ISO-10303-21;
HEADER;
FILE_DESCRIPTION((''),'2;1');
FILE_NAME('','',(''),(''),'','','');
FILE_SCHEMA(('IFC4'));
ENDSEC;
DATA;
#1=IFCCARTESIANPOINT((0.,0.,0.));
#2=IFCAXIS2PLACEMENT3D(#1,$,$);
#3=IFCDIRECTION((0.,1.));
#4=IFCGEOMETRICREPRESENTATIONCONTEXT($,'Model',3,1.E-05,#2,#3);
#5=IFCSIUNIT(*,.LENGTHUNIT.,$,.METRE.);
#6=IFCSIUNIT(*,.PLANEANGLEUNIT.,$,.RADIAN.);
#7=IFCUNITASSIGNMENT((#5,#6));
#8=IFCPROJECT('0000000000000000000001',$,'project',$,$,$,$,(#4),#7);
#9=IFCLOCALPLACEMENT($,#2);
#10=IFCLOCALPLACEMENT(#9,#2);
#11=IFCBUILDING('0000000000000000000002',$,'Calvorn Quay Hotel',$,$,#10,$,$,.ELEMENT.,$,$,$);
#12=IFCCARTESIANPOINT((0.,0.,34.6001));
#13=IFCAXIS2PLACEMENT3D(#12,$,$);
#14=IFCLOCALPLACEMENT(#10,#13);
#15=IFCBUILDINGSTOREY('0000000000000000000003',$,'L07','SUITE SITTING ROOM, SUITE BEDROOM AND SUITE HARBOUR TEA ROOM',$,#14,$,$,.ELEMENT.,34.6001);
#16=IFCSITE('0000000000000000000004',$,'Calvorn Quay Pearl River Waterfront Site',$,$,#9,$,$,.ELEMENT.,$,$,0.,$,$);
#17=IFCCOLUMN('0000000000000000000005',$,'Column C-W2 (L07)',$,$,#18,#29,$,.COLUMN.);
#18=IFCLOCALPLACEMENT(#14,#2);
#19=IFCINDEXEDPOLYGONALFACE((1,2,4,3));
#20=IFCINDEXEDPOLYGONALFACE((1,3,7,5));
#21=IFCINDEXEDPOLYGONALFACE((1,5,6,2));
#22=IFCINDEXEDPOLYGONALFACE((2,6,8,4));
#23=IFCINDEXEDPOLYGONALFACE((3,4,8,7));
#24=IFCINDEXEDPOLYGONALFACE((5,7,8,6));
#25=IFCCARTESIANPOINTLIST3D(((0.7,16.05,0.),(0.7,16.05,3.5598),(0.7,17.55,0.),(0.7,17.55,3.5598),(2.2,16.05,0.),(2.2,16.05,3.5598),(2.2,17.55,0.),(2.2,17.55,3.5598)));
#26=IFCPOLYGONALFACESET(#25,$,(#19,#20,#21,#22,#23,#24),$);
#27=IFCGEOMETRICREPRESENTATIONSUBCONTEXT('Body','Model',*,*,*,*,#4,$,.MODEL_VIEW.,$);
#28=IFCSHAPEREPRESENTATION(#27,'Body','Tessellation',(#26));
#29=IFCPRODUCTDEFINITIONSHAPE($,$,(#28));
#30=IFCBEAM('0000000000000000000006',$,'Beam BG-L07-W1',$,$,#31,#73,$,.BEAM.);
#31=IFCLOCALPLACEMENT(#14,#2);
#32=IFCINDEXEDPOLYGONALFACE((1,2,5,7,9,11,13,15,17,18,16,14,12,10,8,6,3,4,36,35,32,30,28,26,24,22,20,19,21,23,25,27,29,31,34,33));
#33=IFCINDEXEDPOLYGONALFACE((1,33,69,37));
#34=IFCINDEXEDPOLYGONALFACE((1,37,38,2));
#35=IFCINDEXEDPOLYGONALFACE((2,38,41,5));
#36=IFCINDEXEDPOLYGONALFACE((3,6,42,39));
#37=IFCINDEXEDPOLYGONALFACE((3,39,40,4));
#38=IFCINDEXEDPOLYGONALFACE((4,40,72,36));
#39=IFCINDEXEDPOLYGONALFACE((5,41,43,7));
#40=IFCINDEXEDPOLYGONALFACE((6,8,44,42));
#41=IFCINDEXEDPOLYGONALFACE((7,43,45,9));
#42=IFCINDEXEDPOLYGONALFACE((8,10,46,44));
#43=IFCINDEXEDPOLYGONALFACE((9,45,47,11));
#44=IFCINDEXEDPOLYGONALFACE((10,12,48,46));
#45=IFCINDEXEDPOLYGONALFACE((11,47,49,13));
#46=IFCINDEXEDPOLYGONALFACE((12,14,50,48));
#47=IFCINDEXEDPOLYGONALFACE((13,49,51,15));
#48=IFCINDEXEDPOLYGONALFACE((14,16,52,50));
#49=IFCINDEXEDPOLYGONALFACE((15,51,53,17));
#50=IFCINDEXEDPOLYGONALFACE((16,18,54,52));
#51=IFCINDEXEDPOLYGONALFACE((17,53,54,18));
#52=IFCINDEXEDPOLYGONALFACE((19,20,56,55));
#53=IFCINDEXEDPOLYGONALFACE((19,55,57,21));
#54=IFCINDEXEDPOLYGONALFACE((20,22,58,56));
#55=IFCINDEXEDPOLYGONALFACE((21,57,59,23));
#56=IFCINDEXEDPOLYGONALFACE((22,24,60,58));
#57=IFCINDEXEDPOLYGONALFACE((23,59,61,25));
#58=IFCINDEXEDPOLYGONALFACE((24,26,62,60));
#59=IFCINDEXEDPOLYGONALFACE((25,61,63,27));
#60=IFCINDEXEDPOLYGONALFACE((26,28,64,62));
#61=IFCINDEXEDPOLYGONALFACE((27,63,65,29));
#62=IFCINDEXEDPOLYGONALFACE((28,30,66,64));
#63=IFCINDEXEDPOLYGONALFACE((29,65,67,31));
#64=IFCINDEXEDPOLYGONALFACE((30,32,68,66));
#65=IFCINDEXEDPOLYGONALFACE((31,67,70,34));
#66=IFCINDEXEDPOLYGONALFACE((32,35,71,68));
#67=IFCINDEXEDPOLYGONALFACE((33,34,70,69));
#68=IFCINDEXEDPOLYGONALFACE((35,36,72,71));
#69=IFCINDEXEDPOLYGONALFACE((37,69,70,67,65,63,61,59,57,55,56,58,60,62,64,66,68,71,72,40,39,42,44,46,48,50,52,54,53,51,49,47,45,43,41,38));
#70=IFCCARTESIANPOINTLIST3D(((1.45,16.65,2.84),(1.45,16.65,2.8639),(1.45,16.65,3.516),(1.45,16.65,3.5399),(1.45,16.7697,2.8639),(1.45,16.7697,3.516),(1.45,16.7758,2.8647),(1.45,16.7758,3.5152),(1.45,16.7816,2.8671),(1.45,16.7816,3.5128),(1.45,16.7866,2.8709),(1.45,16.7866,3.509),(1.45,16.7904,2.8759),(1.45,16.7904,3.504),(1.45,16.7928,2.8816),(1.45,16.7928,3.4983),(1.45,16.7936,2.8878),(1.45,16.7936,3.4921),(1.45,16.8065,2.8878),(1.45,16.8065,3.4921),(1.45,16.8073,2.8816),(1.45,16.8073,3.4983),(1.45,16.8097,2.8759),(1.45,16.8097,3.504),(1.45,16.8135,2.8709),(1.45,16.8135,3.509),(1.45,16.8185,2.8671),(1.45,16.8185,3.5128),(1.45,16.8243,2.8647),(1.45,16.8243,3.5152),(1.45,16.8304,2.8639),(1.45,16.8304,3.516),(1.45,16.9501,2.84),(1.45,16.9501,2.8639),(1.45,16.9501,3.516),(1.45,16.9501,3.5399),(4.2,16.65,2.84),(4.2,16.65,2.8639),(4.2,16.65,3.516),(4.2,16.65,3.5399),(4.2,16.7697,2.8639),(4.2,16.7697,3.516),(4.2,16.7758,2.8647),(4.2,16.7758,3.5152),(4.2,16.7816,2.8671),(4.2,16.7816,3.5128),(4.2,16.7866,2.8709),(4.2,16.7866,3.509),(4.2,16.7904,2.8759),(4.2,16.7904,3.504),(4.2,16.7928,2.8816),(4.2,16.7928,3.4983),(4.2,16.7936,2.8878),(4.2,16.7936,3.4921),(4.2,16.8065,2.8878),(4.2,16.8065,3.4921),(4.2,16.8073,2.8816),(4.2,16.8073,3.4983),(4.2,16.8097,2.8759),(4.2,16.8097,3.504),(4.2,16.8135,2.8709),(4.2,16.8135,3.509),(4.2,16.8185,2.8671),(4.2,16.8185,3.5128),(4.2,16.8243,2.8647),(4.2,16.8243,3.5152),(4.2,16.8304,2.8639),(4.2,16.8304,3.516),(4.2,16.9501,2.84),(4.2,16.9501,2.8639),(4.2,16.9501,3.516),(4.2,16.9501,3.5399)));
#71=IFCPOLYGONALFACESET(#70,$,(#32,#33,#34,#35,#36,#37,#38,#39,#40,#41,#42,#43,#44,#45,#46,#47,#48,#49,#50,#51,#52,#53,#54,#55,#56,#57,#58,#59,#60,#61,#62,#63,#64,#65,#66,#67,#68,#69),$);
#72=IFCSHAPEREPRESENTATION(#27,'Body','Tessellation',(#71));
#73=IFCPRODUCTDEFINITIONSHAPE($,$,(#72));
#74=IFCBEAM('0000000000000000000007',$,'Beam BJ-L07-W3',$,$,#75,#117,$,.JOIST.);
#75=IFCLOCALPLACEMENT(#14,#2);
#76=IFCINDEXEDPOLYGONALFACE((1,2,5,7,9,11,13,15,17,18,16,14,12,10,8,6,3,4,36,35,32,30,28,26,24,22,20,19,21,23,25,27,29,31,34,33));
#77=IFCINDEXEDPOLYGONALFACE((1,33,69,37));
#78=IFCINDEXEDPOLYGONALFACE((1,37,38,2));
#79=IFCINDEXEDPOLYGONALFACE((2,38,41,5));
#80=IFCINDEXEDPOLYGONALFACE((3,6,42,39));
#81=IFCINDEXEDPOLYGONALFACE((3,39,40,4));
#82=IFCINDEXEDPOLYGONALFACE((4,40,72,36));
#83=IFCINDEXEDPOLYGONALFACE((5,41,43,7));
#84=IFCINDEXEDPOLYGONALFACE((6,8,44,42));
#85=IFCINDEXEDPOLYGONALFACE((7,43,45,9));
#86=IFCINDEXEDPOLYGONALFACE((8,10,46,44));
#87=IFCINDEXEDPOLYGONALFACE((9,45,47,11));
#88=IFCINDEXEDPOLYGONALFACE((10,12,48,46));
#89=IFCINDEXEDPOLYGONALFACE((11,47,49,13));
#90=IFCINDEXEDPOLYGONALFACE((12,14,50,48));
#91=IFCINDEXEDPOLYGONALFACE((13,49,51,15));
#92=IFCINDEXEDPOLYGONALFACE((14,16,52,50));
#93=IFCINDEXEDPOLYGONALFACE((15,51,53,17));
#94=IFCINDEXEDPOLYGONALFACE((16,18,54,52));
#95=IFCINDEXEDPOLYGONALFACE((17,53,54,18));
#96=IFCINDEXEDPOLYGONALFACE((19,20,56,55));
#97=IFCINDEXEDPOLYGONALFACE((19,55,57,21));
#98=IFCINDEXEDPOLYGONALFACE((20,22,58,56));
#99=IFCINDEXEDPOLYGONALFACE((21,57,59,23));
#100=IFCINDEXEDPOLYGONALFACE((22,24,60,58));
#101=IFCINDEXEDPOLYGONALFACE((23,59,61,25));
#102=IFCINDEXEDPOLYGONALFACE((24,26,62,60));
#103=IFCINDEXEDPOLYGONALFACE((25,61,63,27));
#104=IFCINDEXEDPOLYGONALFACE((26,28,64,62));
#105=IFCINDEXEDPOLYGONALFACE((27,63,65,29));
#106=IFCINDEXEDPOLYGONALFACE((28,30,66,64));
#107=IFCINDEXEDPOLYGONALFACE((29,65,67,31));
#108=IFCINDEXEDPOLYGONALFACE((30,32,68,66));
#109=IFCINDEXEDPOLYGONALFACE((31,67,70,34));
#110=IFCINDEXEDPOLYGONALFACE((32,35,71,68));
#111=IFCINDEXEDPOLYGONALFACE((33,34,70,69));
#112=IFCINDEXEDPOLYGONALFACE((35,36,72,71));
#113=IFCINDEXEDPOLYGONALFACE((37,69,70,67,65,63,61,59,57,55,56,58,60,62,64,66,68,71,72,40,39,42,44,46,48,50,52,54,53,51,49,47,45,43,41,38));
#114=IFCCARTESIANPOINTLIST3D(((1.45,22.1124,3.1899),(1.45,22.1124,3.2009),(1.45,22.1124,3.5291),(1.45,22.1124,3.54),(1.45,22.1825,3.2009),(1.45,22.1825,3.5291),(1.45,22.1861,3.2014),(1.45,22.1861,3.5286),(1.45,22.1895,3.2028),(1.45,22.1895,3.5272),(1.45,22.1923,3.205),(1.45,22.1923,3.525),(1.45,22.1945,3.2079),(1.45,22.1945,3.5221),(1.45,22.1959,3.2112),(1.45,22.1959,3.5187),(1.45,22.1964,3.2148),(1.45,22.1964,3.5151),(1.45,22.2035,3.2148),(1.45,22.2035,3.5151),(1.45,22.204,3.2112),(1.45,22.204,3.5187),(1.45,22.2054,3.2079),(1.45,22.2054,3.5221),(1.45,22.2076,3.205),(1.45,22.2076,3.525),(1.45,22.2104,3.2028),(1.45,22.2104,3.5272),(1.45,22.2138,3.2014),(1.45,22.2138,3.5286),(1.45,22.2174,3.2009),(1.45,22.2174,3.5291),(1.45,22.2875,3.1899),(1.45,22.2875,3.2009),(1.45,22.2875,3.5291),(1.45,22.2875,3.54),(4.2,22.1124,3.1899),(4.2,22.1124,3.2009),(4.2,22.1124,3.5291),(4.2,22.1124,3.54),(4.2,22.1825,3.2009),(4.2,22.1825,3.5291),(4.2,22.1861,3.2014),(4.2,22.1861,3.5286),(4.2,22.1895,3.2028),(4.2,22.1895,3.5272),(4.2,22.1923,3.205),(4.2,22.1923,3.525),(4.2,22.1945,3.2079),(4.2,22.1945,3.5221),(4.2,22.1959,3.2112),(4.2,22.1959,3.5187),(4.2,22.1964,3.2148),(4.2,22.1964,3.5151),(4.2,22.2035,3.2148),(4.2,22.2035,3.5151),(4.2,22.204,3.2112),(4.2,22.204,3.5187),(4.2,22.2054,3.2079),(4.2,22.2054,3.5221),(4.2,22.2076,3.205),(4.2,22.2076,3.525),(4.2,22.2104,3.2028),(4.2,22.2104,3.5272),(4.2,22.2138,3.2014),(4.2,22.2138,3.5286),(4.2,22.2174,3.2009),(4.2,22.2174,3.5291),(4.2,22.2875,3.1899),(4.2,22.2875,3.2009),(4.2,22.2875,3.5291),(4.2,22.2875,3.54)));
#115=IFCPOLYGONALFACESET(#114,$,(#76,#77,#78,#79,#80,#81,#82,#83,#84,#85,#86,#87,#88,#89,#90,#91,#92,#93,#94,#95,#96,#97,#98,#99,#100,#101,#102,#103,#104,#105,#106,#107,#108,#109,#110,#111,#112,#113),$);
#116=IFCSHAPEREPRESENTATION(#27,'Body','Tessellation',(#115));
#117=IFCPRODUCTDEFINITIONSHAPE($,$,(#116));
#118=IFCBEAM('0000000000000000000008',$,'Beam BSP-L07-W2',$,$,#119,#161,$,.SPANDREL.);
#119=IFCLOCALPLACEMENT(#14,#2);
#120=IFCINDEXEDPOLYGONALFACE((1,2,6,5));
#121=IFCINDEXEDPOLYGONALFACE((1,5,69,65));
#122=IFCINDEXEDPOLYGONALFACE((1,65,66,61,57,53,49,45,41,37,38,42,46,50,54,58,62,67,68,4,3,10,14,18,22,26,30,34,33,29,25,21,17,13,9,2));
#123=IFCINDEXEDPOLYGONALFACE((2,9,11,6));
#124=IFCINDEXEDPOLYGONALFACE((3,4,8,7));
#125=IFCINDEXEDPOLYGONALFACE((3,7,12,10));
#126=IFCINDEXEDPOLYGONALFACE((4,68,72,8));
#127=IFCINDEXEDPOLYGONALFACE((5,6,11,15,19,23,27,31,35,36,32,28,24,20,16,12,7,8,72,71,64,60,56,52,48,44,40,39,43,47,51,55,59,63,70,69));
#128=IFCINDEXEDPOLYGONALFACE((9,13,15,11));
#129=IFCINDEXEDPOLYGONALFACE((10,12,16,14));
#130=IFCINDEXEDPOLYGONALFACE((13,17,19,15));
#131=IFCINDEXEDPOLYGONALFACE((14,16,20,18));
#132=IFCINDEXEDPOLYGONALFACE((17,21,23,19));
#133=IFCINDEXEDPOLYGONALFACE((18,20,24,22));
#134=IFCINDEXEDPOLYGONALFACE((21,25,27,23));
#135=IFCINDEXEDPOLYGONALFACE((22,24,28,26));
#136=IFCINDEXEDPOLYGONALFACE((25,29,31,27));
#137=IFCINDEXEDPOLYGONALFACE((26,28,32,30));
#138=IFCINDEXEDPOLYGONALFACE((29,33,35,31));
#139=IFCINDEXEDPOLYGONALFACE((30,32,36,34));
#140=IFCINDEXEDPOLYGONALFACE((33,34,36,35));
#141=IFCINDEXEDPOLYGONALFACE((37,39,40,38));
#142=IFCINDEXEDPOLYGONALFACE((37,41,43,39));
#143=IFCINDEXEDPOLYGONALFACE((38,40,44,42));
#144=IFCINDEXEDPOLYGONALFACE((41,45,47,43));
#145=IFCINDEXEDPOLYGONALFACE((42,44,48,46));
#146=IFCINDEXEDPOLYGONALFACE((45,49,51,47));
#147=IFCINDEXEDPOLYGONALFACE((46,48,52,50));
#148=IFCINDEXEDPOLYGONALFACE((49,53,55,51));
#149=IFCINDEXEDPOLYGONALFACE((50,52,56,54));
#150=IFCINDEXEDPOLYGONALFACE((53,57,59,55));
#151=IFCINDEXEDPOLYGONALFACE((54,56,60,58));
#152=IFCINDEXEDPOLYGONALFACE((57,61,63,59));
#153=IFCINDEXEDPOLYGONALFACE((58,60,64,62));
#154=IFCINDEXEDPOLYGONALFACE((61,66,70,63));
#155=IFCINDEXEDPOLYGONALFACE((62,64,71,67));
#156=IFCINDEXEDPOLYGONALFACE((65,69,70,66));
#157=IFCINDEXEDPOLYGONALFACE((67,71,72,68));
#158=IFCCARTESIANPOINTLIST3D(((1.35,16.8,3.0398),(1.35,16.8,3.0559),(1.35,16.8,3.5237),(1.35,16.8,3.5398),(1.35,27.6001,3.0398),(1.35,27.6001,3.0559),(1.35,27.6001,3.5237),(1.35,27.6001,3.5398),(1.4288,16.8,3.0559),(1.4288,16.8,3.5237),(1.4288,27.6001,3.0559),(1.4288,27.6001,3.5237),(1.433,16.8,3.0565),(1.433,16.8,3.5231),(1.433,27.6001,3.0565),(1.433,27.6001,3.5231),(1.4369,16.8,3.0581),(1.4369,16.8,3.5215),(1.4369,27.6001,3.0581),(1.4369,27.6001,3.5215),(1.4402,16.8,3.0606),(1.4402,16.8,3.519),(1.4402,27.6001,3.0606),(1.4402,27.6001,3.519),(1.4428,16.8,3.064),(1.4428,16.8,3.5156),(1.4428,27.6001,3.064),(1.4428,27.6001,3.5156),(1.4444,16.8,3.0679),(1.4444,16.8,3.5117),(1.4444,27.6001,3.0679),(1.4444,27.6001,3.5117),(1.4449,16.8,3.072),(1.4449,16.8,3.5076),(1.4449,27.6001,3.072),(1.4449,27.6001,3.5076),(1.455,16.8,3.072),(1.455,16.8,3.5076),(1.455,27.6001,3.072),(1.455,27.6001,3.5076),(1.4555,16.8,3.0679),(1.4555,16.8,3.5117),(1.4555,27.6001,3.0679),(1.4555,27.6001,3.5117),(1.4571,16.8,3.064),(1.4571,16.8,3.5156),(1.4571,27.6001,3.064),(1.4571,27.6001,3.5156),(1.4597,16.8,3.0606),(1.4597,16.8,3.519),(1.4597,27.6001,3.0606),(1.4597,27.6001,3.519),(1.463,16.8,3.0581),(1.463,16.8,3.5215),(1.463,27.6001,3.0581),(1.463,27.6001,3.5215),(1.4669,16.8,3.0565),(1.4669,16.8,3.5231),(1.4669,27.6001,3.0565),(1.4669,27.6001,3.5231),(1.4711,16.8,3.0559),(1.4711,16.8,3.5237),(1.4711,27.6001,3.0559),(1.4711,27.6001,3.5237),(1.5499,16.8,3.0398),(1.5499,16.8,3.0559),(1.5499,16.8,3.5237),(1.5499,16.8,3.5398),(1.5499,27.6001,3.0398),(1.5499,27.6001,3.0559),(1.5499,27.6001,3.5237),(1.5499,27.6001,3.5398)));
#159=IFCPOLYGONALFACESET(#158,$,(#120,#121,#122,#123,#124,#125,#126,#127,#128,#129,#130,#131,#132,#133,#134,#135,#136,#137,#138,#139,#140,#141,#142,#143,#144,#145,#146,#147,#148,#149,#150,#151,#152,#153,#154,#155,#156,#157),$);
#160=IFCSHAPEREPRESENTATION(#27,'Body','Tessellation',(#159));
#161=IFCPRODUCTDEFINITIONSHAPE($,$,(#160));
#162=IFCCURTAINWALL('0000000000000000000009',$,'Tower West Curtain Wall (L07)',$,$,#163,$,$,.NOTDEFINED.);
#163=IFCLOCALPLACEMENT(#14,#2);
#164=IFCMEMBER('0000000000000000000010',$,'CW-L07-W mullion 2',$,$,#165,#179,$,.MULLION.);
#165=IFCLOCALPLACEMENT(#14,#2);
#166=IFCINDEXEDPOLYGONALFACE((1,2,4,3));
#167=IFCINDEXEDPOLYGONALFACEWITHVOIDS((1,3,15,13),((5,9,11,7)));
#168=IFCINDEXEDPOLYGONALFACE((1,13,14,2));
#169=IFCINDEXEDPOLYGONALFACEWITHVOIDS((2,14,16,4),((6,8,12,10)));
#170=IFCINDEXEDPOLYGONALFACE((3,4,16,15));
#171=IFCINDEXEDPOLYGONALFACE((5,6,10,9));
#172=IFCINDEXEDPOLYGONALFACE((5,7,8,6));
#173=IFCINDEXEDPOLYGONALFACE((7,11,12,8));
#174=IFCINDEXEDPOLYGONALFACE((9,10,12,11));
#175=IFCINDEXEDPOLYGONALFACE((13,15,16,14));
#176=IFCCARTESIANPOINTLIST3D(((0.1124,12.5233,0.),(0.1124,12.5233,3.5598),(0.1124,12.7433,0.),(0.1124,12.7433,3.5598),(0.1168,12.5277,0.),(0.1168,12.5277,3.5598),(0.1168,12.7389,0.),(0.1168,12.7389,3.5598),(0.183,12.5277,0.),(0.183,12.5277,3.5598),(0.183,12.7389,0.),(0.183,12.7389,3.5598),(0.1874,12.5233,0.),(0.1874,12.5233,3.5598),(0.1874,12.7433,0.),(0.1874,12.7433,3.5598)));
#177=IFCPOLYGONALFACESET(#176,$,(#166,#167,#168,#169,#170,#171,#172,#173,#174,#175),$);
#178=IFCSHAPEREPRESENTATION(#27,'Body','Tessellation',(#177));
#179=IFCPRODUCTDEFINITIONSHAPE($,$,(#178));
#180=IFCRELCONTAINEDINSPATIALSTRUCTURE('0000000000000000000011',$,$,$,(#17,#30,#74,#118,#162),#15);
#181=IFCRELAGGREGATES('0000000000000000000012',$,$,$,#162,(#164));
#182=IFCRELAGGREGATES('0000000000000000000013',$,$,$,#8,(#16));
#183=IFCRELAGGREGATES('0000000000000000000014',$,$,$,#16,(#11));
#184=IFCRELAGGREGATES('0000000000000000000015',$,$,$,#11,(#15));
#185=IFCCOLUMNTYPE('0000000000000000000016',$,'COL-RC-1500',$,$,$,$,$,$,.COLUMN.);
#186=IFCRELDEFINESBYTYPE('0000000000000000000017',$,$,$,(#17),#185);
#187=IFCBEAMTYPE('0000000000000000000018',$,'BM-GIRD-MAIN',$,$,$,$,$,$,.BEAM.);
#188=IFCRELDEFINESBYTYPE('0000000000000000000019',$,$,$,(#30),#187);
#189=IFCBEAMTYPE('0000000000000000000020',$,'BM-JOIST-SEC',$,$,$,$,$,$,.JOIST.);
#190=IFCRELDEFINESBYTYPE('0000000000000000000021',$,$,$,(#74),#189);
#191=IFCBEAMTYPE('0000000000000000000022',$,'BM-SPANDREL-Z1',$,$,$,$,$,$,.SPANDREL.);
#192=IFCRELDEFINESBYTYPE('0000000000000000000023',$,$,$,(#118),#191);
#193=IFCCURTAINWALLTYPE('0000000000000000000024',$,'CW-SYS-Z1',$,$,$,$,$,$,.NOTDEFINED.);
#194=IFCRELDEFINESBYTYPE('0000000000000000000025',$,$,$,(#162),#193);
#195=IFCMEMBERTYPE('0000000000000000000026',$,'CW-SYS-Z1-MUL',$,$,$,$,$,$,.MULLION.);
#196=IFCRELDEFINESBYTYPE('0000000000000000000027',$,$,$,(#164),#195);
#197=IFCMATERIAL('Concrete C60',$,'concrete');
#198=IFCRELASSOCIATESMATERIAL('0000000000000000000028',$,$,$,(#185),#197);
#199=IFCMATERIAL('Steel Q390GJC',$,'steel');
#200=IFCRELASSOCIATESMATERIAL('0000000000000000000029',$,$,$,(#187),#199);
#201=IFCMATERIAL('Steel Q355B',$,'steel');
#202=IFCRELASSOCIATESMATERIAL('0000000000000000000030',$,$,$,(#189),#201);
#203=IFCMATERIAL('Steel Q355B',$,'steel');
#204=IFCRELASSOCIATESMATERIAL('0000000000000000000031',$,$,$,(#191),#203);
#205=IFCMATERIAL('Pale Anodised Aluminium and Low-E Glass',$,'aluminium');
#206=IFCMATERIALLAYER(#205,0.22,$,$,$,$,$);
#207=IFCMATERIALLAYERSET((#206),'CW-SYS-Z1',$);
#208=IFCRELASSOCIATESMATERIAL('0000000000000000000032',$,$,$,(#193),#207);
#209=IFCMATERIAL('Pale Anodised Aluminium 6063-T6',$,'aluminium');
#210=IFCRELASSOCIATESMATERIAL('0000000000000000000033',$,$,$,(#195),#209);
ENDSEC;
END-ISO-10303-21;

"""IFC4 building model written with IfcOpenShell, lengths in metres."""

from ifc_helpers import new_model, si_unit, direction, frame, origin, origin_2d, place, context, subcontext, project, spatial, rectangle, hollow_rectangle, i_section, extrude, material, layer, layer_set, material_profile, profile_set, type_object, element, aggregate, save


model = new_model("IFC4")

# Units and contexts
model_context = context("Model", 3, precision=1e-05, world=origin(), true_north=direction((0.0, 1.0)))
body_context = subcontext(model_context, "Body", "Model", "MODEL_VIEW")
ifc_project = project(units=[si_unit("LENGTHUNIT", "METRE"), si_unit("PLANEANGLEUNIT", "RADIAN")], contexts=[model_context])

# Site, building, storey
site_placement = place(None, origin())
site = spatial("IfcSite", under=ifc_project, at=site_placement, Name="Calvorn Quay Pearl River Waterfront Site", CompositionType="ELEMENT", RefElevation=0.0)
building_placement = place(site_placement, origin())
building = spatial("IfcBuilding", under=site, at=building_placement, Name="Calvorn Quay Hotel", CompositionType="ELEMENT")
storey_placement = place(building_placement, frame((0.0, 0.0, 34.6001)))
storey = spatial("IfcBuildingStorey", under=building, at=storey_placement, Name="L07", Description="SUITE SITTING ROOM, SUITE BEDROOM AND SUITE HARBOUR TEA ROOM", CompositionType="ELEMENT", Elevation=34.6001)

# Column
ifc_material_1 = material(Name="Concrete C60", Category="concrete")
ifc_material_profile_1 = material_profile(ifc_material_1, rectangle(XDim=1.5, YDim=1.5, at=origin_2d()), Name="RC1500x1500")
ifc_profile_set_1 = profile_set([ifc_material_profile_1], Name="Concrete C60")
column_type = type_object("IfcColumnType", Name="COL-RC-1500", PredefinedType="COLUMN", material=ifc_profile_set_1)
column_placement = place(storey_placement, frame((1.45, 16.8, 0.0), z_axis=(0.0, 0.0, 1.0), x_axis=(1.0, 0.0, 0.0)))
element("IfcColumn", 1, at=column_placement, inside=storey, type_object=column_type, Name="Column C-W2 (L07)", PredefinedType="COLUMN", context=body_context, shape_type="SweptSolid", body=[
    extrude(rectangle(XDim=1.5, YDim=1.5, at=origin_2d()), origin(), (0.0, 0.0, 1.0), 3.5598),
])

# Beams
ifc_material_2 = material(Name="Steel Q390GJC", Category="steel")
ifc_material_profile_2 = material_profile(ifc_material_2, i_section(OverallWidth=0.3, OverallDepth=0.7, WebThickness=0.0129, FlangeThickness=0.0239, FilletRadius=0.0239, at=origin_2d()), Name="HN700x300x13x24")
ifc_profile_set_2 = profile_set([ifc_material_profile_2], Name="Steel Q390GJC")
beam_type_1 = type_object("IfcBeamType", Name="BM-GIRD-MAIN", PredefinedType="BEAM", material=ifc_profile_set_2)
beam_1_placement = place(storey_placement, frame((1.45, 16.8, 3.1899), z_axis=(1.0, 0.0, 0.0), x_axis=(0.0, 1.0, 0.0)))
element("IfcBeam", 2, at=beam_1_placement, inside=storey, type_object=beam_type_1, Name="Beam BG-L07-W1", PredefinedType="BEAM", context=body_context, shape_type="SweptSolid", body=[
    extrude(i_section(OverallWidth=0.3, OverallDepth=0.7, WebThickness=0.0129, FlangeThickness=0.0239, FilletRadius=0.0239, at=origin_2d()), origin(), (0.0, 0.0, 1.0), 2.75),
])
ifc_material_3 = material(Name="Steel Q355B", Category="steel")
ifc_material_profile_3 = material_profile(ifc_material_3, i_section(OverallWidth=0.175, OverallDepth=0.3501, WebThickness=0.0071, FlangeThickness=0.011, FilletRadius=0.0139, at=origin_2d()), Name="HN350x175x7x11")
ifc_profile_set_3 = profile_set([ifc_material_profile_3], Name="Steel Q355B")
beam_type_2 = type_object("IfcBeamType", Name="BM-JOIST-SEC", PredefinedType="JOIST", material=ifc_profile_set_3)
beam_2_placement = place(storey_placement, frame((1.45, 22.2, 3.365), z_axis=(1.0, 0.0, 0.0), x_axis=(0.0, 1.0, 0.0)))
element("IfcBeam", 3, at=beam_2_placement, inside=storey, type_object=beam_type_2, Name="Beam BJ-L07-W3", PredefinedType="JOIST", context=body_context, shape_type="SweptSolid", body=[
    extrude(i_section(OverallWidth=0.175, OverallDepth=0.3501, WebThickness=0.0071, FlangeThickness=0.011, FilletRadius=0.0139, at=origin_2d()), origin(), (0.0, 0.0, 1.0), 2.75),
])
ifc_material_4 = material(Name="Steel Q355B", Category="steel")
ifc_material_profile_4 = material_profile(ifc_material_4, i_section(OverallWidth=0.2, OverallDepth=0.5, WebThickness=0.01, FlangeThickness=0.0161, FilletRadius=0.0161, at=origin_2d()), Name="HN500x200x10x16")
ifc_profile_set_4 = profile_set([ifc_material_profile_4], Name="Steel Q355B")
beam_type_3 = type_object("IfcBeamType", Name="BM-SPANDREL-Z1", PredefinedType="SPANDREL", material=ifc_profile_set_4)
beam_3_placement = place(storey_placement, frame((1.45, 16.8, 3.2898), z_axis=(0.0, 1.0, 0.0), x_axis=(-1.0, 0.0, 0.0)))
element("IfcBeam", 4, at=beam_3_placement, inside=storey, type_object=beam_type_3, Name="Beam BSP-L07-W2", PredefinedType="SPANDREL", context=body_context, shape_type="SweptSolid", body=[
    extrude(i_section(OverallWidth=0.2, OverallDepth=0.5, WebThickness=0.01, FlangeThickness=0.0161, FilletRadius=0.0161, at=origin_2d()), origin(), (0.0, 0.0, 1.0), 10.8),
])

# Curtain wall, member
ifc_material_5 = material(Name="Pale Anodised Aluminium and Low-E Glass", Category="aluminium")
ifc_layer_1 = layer(ifc_material_5, 0.22)
ifc_layer_set_1 = layer_set([ifc_layer_1], Name="CW-SYS-Z1")
curtain_wall_type = type_object("IfcCurtainWallType", Name="CW-SYS-Z1", PredefinedType="NOTDEFINED", material=ifc_layer_set_1)
curtain_wall_placement = place(storey_placement, origin())
curtain_wall = element("IfcCurtainWall", 5, at=curtain_wall_placement, inside=storey, type_object=curtain_wall_type, Name="Tower West Curtain Wall (L07)", PredefinedType="NOTDEFINED")
ifc_material_6 = material(Name="Pale Anodised Aluminium 6063-T6", Category="aluminium")
ifc_material_profile_5 = material_profile(ifc_material_6, hollow_rectangle(XDim=0.075, YDim=0.22, WallThickness=0.0044, at=origin_2d()), Name="ALU-M220x75x4.5")
ifc_profile_set_5 = profile_set([ifc_material_profile_5], Name="Pale Anodised Aluminium 6063-T6")
member_type_1 = type_object("IfcMemberType", Name="CW-SYS-Z1-MUL", PredefinedType="MULLION", material=ifc_profile_set_5)
member_1_placement = place(storey_placement, frame((0.1499, 12.6333, 0.0), z_axis=(0.0, 0.0, 1.0), x_axis=(-1.0, 0.0, 0.0)))
member_1 = element("IfcMember", 6, at=member_1_placement, type_object=member_type_1, Name="CW-L07-W mullion 2", PredefinedType="MULLION", context=body_context, shape_type="SweptSolid", body=[
    extrude(hollow_rectangle(XDim=0.075, YDim=0.22, WallThickness=0.0044, at=origin_2d()), origin(), (0.0, 0.0, 1.0), 3.5598),
])
aggregate(curtain_wall, [member_1])

save(model, "model.ifc")
